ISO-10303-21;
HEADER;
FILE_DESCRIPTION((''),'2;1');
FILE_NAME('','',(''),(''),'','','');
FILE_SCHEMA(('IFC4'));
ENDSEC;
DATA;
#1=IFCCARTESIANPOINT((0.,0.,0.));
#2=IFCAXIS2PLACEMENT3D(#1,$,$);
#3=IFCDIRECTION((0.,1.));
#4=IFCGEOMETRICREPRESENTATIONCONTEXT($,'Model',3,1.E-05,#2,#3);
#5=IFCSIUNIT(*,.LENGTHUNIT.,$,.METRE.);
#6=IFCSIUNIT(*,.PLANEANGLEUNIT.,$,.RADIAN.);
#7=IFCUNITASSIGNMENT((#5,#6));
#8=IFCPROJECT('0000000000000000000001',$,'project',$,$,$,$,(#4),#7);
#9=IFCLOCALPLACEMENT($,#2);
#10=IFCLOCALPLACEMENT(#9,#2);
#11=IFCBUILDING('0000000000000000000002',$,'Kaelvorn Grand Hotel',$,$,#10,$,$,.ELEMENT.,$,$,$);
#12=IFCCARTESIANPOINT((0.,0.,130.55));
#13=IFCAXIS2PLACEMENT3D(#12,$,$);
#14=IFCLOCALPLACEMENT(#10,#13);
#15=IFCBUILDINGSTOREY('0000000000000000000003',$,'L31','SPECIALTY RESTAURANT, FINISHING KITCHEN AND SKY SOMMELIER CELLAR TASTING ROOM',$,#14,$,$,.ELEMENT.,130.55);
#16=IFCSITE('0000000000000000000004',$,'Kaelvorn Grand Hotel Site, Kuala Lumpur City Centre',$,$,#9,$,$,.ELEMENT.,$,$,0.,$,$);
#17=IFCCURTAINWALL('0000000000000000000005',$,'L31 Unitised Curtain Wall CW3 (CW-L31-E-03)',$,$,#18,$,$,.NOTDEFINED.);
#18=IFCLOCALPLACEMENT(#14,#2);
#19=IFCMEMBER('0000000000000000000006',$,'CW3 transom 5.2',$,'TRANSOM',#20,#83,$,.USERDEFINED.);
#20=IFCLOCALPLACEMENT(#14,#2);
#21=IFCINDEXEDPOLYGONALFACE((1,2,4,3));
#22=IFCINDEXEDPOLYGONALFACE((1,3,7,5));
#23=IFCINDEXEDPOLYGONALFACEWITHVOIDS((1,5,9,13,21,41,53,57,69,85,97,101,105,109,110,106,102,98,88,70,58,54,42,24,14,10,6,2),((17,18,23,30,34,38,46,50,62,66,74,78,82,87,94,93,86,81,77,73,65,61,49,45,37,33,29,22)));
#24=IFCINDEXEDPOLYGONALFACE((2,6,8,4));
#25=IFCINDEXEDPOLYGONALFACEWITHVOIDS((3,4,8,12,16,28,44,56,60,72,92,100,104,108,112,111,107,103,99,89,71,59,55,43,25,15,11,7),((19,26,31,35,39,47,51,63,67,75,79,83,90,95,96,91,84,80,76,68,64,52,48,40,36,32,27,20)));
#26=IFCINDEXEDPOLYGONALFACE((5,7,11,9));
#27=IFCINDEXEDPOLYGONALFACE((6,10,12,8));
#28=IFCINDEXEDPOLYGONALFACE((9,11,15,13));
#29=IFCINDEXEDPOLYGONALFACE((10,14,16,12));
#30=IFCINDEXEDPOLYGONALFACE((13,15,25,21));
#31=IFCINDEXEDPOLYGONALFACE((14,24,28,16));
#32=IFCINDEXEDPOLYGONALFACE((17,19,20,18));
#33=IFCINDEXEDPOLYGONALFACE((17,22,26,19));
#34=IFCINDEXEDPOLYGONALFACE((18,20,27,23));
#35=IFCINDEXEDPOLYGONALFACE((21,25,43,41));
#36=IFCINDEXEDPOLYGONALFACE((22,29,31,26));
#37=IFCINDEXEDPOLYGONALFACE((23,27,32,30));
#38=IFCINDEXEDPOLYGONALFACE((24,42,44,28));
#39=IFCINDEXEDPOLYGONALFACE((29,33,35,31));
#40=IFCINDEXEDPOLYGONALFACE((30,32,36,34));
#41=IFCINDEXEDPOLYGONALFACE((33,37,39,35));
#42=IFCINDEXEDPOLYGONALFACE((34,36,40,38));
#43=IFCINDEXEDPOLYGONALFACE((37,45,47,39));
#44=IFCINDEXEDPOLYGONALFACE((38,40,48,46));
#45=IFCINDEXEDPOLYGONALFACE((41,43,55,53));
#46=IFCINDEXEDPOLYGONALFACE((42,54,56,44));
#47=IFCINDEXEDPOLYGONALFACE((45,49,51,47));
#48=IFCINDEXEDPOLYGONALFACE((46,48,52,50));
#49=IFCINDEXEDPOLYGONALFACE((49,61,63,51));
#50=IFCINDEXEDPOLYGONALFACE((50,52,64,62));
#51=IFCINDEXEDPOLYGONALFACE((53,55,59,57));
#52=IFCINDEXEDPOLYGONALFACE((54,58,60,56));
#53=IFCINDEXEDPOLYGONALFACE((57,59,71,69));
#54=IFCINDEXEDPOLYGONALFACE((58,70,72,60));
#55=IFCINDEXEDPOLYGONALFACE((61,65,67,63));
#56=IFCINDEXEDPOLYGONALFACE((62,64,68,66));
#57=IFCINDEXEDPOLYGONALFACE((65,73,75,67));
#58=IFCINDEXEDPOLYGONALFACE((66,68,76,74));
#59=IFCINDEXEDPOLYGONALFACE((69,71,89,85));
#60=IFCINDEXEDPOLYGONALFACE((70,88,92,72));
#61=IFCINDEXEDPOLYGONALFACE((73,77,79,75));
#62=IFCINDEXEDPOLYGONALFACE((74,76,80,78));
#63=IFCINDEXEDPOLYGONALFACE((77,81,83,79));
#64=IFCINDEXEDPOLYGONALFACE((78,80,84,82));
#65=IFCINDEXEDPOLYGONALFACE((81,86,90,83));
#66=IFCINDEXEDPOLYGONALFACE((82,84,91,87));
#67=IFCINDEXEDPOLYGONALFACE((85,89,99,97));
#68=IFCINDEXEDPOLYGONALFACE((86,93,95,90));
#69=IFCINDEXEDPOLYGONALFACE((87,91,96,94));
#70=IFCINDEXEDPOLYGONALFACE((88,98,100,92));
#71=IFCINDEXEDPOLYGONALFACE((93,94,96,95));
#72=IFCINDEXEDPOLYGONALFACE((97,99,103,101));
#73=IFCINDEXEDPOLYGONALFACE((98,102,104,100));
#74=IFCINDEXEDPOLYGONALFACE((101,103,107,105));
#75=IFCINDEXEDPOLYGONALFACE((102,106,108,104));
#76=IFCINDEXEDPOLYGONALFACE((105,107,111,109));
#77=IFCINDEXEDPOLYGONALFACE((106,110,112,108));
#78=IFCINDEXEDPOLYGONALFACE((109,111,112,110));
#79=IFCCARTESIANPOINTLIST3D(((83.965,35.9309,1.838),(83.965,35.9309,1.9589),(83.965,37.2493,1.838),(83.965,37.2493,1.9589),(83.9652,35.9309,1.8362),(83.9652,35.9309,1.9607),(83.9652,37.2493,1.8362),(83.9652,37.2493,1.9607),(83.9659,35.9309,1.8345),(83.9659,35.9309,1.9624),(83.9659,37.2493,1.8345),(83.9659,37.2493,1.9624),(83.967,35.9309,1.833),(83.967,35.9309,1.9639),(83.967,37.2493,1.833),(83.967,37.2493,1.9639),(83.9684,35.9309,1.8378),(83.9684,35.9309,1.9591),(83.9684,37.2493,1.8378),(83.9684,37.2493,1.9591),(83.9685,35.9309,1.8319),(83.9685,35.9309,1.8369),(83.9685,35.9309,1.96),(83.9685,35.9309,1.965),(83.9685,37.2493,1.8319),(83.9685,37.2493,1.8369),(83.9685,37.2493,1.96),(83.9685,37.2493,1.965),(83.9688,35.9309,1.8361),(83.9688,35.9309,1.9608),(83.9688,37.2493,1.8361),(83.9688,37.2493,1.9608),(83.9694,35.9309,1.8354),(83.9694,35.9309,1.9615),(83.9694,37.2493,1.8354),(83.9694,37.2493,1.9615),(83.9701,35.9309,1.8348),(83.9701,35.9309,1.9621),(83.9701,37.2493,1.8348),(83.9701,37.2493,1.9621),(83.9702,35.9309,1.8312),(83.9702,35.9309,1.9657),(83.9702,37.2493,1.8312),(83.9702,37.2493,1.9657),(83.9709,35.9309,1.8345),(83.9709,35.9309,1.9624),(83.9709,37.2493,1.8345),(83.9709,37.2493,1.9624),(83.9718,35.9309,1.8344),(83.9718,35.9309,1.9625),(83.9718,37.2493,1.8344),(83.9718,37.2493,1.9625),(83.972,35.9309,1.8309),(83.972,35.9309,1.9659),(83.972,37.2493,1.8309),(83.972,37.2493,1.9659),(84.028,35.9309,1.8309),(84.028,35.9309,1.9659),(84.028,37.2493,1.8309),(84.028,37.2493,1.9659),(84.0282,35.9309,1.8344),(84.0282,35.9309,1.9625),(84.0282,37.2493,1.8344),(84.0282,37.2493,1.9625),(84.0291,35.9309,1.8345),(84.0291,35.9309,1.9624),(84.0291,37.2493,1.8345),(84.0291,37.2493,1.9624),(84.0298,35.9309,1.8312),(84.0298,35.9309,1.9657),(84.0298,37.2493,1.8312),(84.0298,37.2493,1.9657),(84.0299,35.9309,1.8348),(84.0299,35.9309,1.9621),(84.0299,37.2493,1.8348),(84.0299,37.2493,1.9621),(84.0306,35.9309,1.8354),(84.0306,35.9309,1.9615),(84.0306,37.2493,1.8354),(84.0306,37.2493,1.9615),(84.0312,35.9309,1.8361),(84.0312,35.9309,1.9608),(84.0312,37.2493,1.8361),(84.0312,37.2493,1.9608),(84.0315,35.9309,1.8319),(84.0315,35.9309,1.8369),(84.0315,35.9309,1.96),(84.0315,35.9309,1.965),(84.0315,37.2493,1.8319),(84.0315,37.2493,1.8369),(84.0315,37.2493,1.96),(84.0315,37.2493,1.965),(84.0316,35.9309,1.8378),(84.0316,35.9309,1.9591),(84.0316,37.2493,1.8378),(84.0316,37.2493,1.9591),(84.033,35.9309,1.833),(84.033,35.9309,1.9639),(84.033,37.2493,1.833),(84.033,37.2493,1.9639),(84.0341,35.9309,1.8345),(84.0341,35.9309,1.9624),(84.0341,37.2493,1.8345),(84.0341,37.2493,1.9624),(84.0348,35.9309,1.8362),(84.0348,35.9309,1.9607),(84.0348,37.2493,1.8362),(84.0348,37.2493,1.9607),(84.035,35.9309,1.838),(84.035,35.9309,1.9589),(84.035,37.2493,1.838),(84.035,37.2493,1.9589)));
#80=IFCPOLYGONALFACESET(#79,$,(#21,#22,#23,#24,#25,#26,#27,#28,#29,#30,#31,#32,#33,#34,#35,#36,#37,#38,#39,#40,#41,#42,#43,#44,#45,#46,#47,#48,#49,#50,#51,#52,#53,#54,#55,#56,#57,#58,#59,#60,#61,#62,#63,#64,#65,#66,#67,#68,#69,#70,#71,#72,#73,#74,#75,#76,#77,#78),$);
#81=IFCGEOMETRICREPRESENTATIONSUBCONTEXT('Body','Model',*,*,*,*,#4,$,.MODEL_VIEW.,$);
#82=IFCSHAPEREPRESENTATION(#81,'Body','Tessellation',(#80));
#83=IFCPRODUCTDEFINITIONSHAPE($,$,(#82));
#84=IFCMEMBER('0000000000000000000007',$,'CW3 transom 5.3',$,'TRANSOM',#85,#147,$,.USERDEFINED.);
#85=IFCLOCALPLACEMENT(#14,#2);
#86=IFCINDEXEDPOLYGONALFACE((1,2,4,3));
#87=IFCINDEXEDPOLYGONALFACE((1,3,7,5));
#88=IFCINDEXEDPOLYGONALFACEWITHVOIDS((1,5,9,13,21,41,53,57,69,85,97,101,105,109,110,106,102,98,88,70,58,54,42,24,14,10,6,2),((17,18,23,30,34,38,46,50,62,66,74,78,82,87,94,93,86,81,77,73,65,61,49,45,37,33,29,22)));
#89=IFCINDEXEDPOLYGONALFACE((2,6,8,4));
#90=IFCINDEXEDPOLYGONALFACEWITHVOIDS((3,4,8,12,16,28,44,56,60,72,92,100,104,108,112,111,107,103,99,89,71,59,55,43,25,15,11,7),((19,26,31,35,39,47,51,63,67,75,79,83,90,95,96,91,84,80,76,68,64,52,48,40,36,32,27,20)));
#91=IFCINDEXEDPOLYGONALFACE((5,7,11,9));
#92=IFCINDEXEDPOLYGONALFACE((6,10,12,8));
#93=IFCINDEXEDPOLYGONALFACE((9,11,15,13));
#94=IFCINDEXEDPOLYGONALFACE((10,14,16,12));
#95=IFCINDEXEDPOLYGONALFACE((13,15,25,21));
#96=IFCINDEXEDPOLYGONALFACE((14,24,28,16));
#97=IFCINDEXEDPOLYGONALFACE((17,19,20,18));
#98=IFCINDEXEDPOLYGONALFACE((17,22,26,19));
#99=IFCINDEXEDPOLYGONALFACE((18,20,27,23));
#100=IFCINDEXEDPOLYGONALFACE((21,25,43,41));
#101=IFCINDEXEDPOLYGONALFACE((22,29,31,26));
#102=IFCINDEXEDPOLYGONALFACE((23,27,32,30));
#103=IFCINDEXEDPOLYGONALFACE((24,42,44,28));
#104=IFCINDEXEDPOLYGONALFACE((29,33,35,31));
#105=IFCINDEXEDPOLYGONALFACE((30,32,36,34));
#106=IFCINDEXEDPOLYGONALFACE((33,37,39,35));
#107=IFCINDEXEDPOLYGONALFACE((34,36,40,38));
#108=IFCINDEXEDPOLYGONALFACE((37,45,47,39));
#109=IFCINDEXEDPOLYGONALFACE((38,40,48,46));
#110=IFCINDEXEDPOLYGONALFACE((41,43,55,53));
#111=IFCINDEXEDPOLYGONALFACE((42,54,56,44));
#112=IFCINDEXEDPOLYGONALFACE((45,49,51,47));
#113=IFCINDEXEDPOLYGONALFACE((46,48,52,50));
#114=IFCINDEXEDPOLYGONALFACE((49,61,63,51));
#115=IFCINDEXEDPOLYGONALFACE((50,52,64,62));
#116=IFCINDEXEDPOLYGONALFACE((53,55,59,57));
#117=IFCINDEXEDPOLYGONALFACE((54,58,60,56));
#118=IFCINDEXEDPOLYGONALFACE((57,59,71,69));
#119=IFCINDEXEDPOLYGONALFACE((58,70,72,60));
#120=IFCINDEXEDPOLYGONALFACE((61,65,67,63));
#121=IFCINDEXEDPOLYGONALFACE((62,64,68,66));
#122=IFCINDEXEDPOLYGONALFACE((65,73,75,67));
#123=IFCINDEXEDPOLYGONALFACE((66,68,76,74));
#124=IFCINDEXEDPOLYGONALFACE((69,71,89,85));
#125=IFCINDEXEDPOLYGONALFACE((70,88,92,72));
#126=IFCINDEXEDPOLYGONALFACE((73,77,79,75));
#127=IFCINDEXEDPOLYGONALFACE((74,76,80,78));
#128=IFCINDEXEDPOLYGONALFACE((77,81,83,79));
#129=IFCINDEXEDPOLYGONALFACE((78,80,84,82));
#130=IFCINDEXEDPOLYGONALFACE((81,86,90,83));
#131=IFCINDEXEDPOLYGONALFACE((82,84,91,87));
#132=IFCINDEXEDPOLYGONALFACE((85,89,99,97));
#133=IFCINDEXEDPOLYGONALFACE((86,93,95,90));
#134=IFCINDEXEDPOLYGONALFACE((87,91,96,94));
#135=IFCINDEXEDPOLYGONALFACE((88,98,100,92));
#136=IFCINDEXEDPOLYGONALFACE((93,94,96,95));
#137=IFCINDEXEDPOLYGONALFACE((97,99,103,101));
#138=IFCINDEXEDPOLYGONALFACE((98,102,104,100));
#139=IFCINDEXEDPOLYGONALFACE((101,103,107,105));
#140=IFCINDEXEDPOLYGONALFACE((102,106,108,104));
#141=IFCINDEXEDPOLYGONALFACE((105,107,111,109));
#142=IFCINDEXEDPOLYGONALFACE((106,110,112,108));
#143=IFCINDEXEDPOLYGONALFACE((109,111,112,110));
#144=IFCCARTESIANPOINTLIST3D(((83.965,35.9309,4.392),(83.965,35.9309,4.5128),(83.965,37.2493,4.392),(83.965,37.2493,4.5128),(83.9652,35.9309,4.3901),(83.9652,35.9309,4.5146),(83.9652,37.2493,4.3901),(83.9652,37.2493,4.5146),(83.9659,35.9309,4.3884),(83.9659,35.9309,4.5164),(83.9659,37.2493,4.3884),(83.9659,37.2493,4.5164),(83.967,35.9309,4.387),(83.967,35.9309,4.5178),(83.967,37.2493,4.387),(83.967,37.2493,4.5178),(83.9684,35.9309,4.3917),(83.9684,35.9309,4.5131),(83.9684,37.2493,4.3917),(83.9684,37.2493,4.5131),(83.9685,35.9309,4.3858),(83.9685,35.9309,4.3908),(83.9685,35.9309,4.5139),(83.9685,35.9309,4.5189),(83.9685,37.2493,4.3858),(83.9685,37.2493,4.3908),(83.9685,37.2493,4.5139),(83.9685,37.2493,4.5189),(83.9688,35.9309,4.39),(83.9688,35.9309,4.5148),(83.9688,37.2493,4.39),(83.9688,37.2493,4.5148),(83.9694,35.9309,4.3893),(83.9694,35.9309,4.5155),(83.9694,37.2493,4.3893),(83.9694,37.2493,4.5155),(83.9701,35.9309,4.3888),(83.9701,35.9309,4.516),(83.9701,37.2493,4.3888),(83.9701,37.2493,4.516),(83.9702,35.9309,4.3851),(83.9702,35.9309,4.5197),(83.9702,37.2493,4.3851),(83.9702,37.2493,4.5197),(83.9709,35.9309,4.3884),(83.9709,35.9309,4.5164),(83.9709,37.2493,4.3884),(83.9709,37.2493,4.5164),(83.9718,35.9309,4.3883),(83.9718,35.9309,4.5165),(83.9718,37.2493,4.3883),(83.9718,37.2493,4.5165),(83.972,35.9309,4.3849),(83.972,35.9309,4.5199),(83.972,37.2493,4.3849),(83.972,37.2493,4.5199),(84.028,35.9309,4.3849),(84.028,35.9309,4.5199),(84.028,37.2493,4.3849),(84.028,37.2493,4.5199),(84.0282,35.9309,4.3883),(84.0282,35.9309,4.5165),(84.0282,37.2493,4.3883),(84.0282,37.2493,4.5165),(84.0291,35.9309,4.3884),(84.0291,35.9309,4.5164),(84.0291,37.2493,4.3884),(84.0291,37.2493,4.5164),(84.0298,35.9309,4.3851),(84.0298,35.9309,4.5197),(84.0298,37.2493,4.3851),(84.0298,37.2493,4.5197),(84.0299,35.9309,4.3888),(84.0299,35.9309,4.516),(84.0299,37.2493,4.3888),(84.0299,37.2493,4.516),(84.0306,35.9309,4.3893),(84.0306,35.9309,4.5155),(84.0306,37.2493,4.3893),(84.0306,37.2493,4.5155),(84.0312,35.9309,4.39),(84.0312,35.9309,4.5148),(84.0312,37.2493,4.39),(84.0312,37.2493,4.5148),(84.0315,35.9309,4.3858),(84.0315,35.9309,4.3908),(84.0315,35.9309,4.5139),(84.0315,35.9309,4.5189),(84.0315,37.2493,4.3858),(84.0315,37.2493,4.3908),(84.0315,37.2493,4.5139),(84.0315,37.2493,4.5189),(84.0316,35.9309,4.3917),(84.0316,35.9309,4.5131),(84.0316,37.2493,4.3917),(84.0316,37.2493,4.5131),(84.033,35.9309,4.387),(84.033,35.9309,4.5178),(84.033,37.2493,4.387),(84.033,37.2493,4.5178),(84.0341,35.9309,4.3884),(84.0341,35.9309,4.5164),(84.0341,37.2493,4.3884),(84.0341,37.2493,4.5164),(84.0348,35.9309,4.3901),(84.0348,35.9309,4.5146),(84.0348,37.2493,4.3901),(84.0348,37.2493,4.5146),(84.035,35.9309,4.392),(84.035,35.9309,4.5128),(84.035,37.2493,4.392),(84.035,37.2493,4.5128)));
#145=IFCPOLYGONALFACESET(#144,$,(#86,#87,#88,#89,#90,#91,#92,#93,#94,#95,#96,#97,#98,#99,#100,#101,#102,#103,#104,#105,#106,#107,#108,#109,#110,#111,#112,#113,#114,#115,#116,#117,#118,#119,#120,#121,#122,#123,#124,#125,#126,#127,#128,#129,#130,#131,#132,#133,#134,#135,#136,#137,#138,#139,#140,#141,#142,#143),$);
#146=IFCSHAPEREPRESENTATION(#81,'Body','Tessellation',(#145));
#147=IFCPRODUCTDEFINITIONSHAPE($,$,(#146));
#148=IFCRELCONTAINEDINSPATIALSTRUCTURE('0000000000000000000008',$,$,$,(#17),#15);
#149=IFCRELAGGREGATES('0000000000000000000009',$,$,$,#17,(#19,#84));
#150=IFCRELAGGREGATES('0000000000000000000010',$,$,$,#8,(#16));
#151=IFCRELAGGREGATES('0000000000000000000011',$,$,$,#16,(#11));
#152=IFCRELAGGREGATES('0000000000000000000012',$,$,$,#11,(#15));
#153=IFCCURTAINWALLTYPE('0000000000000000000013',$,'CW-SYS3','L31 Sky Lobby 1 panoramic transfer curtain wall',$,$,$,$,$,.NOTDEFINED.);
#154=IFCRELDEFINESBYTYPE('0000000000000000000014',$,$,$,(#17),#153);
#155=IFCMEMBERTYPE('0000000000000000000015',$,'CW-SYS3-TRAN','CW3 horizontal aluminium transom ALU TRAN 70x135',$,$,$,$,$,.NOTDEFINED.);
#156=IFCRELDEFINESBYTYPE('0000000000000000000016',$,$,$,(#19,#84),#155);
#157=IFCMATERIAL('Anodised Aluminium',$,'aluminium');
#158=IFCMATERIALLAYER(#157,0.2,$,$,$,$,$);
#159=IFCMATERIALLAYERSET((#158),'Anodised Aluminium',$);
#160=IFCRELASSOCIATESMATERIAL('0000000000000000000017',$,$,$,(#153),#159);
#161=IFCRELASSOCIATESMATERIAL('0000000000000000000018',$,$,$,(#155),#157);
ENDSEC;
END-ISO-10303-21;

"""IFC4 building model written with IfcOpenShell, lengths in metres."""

from ifc_helpers import new_model, si_unit, direction, frame, origin, origin_2d, place, context, subcontext, project, spatial, hollow_rectangle, extrude, material, layer, layer_set, material_profile, profile_set, type_object, element, aggregate, save


model = new_model("IFC4")

# Units and contexts
model_context = context("Model", 3, precision=1e-05, world=origin(), true_north=direction((0.0, 1.0)))
body_context = subcontext(model_context, "Body", "Model", "MODEL_VIEW")
ifc_project = project(units=[si_unit("LENGTHUNIT", "METRE"), si_unit("PLANEANGLEUNIT", "RADIAN")], contexts=[model_context])

# Site, building, storey
site_placement = place(None, origin())
site = spatial("IfcSite", under=ifc_project, at=site_placement, Name="Kaelvorn Grand Hotel Site, Kuala Lumpur City Centre", CompositionType="ELEMENT", RefElevation=0.0)
building_placement = place(site_placement, origin())
building = spatial("IfcBuilding", under=site, at=building_placement, Name="Kaelvorn Grand Hotel", CompositionType="ELEMENT")
storey_placement = place(building_placement, frame((0.0, 0.0, 130.55)))
storey = spatial("IfcBuildingStorey", under=building, at=storey_placement, Name="L31", Description="SPECIALTY RESTAURANT, FINISHING KITCHEN AND SKY SOMMELIER CELLAR TASTING ROOM", CompositionType="ELEMENT", Elevation=130.55)

# Curtain wall, members
ifc_material_1 = material(Name="Anodised Aluminium", Category="aluminium")
ifc_layer_1 = layer(ifc_material_1, 0.2)
ifc_layer_set_1 = layer_set([ifc_layer_1], Name="Anodised Aluminium")
curtain_wall_type = type_object("IfcCurtainWallType", Name="CW-SYS3", Description="L31 Sky Lobby 1 panoramic transfer curtain wall", PredefinedType="NOTDEFINED", material=ifc_layer_set_1)
curtain_wall_placement = place(storey_placement, origin())
curtain_wall = element("IfcCurtainWall", 1, at=curtain_wall_placement, inside=storey, type_object=curtain_wall_type, Name="L31 Unitised Curtain Wall CW3 (CW-L31-E-03)", PredefinedType="NOTDEFINED")
ifc_material_profile_1 = material_profile(ifc_material_1, hollow_rectangle(XDim=0.0701, YDim=0.135, WallThickness=0.0034, InnerFilletRadius=0.0034, OuterFilletRadius=0.0071, at=origin_2d()), Name="ALU TRAN 70x135")
ifc_profile_set_1 = profile_set([ifc_material_profile_1], Name="Anodised Aluminium")
member_type_1 = type_object("IfcMemberType", Name="CW-SYS3-TRAN", Description="CW3 horizontal aluminium transom ALU TRAN 70x135", PredefinedType="NOTDEFINED", material=ifc_profile_set_1)
member_1_placement = place(storey_placement, frame((84.0, 35.9309, 1.8984), z_axis=(0.0, 1.0, 0.0), x_axis=(-1.0, 0.0, 0.0)))
member_1 = element("IfcMember", 2, at=member_1_placement, type_object=member_type_1, Name="CW3 transom 5.2", ObjectType="TRANSOM", PredefinedType="USERDEFINED", context=body_context, shape_type="SweptSolid", body=[
    extrude(hollow_rectangle(XDim=0.0701, YDim=0.135, WallThickness=0.0034, InnerFilletRadius=0.0034, OuterFilletRadius=0.0071, at=origin_2d()), origin(), (0.0, 0.0, 1.0), 1.3184),
])
member_2_placement = place(storey_placement, frame((84.0, 35.9309, 4.4524), z_axis=(0.0, 1.0, 0.0), x_axis=(-1.0, 0.0, 0.0)))
member_2 = element("IfcMember", 3, at=member_2_placement, type_object=member_type_1, Name="CW3 transom 5.3", ObjectType="TRANSOM", PredefinedType="USERDEFINED", context=body_context, shape_type="SweptSolid", body=[
    extrude(hollow_rectangle(XDim=0.0701, YDim=0.135, WallThickness=0.0034, InnerFilletRadius=0.0034, OuterFilletRadius=0.0071, at=origin_2d()), origin(), (0.0, 0.0, 1.0), 1.3184),
])
aggregate(curtain_wall, [member_1, member_2])

save(model, "model.ifc")
